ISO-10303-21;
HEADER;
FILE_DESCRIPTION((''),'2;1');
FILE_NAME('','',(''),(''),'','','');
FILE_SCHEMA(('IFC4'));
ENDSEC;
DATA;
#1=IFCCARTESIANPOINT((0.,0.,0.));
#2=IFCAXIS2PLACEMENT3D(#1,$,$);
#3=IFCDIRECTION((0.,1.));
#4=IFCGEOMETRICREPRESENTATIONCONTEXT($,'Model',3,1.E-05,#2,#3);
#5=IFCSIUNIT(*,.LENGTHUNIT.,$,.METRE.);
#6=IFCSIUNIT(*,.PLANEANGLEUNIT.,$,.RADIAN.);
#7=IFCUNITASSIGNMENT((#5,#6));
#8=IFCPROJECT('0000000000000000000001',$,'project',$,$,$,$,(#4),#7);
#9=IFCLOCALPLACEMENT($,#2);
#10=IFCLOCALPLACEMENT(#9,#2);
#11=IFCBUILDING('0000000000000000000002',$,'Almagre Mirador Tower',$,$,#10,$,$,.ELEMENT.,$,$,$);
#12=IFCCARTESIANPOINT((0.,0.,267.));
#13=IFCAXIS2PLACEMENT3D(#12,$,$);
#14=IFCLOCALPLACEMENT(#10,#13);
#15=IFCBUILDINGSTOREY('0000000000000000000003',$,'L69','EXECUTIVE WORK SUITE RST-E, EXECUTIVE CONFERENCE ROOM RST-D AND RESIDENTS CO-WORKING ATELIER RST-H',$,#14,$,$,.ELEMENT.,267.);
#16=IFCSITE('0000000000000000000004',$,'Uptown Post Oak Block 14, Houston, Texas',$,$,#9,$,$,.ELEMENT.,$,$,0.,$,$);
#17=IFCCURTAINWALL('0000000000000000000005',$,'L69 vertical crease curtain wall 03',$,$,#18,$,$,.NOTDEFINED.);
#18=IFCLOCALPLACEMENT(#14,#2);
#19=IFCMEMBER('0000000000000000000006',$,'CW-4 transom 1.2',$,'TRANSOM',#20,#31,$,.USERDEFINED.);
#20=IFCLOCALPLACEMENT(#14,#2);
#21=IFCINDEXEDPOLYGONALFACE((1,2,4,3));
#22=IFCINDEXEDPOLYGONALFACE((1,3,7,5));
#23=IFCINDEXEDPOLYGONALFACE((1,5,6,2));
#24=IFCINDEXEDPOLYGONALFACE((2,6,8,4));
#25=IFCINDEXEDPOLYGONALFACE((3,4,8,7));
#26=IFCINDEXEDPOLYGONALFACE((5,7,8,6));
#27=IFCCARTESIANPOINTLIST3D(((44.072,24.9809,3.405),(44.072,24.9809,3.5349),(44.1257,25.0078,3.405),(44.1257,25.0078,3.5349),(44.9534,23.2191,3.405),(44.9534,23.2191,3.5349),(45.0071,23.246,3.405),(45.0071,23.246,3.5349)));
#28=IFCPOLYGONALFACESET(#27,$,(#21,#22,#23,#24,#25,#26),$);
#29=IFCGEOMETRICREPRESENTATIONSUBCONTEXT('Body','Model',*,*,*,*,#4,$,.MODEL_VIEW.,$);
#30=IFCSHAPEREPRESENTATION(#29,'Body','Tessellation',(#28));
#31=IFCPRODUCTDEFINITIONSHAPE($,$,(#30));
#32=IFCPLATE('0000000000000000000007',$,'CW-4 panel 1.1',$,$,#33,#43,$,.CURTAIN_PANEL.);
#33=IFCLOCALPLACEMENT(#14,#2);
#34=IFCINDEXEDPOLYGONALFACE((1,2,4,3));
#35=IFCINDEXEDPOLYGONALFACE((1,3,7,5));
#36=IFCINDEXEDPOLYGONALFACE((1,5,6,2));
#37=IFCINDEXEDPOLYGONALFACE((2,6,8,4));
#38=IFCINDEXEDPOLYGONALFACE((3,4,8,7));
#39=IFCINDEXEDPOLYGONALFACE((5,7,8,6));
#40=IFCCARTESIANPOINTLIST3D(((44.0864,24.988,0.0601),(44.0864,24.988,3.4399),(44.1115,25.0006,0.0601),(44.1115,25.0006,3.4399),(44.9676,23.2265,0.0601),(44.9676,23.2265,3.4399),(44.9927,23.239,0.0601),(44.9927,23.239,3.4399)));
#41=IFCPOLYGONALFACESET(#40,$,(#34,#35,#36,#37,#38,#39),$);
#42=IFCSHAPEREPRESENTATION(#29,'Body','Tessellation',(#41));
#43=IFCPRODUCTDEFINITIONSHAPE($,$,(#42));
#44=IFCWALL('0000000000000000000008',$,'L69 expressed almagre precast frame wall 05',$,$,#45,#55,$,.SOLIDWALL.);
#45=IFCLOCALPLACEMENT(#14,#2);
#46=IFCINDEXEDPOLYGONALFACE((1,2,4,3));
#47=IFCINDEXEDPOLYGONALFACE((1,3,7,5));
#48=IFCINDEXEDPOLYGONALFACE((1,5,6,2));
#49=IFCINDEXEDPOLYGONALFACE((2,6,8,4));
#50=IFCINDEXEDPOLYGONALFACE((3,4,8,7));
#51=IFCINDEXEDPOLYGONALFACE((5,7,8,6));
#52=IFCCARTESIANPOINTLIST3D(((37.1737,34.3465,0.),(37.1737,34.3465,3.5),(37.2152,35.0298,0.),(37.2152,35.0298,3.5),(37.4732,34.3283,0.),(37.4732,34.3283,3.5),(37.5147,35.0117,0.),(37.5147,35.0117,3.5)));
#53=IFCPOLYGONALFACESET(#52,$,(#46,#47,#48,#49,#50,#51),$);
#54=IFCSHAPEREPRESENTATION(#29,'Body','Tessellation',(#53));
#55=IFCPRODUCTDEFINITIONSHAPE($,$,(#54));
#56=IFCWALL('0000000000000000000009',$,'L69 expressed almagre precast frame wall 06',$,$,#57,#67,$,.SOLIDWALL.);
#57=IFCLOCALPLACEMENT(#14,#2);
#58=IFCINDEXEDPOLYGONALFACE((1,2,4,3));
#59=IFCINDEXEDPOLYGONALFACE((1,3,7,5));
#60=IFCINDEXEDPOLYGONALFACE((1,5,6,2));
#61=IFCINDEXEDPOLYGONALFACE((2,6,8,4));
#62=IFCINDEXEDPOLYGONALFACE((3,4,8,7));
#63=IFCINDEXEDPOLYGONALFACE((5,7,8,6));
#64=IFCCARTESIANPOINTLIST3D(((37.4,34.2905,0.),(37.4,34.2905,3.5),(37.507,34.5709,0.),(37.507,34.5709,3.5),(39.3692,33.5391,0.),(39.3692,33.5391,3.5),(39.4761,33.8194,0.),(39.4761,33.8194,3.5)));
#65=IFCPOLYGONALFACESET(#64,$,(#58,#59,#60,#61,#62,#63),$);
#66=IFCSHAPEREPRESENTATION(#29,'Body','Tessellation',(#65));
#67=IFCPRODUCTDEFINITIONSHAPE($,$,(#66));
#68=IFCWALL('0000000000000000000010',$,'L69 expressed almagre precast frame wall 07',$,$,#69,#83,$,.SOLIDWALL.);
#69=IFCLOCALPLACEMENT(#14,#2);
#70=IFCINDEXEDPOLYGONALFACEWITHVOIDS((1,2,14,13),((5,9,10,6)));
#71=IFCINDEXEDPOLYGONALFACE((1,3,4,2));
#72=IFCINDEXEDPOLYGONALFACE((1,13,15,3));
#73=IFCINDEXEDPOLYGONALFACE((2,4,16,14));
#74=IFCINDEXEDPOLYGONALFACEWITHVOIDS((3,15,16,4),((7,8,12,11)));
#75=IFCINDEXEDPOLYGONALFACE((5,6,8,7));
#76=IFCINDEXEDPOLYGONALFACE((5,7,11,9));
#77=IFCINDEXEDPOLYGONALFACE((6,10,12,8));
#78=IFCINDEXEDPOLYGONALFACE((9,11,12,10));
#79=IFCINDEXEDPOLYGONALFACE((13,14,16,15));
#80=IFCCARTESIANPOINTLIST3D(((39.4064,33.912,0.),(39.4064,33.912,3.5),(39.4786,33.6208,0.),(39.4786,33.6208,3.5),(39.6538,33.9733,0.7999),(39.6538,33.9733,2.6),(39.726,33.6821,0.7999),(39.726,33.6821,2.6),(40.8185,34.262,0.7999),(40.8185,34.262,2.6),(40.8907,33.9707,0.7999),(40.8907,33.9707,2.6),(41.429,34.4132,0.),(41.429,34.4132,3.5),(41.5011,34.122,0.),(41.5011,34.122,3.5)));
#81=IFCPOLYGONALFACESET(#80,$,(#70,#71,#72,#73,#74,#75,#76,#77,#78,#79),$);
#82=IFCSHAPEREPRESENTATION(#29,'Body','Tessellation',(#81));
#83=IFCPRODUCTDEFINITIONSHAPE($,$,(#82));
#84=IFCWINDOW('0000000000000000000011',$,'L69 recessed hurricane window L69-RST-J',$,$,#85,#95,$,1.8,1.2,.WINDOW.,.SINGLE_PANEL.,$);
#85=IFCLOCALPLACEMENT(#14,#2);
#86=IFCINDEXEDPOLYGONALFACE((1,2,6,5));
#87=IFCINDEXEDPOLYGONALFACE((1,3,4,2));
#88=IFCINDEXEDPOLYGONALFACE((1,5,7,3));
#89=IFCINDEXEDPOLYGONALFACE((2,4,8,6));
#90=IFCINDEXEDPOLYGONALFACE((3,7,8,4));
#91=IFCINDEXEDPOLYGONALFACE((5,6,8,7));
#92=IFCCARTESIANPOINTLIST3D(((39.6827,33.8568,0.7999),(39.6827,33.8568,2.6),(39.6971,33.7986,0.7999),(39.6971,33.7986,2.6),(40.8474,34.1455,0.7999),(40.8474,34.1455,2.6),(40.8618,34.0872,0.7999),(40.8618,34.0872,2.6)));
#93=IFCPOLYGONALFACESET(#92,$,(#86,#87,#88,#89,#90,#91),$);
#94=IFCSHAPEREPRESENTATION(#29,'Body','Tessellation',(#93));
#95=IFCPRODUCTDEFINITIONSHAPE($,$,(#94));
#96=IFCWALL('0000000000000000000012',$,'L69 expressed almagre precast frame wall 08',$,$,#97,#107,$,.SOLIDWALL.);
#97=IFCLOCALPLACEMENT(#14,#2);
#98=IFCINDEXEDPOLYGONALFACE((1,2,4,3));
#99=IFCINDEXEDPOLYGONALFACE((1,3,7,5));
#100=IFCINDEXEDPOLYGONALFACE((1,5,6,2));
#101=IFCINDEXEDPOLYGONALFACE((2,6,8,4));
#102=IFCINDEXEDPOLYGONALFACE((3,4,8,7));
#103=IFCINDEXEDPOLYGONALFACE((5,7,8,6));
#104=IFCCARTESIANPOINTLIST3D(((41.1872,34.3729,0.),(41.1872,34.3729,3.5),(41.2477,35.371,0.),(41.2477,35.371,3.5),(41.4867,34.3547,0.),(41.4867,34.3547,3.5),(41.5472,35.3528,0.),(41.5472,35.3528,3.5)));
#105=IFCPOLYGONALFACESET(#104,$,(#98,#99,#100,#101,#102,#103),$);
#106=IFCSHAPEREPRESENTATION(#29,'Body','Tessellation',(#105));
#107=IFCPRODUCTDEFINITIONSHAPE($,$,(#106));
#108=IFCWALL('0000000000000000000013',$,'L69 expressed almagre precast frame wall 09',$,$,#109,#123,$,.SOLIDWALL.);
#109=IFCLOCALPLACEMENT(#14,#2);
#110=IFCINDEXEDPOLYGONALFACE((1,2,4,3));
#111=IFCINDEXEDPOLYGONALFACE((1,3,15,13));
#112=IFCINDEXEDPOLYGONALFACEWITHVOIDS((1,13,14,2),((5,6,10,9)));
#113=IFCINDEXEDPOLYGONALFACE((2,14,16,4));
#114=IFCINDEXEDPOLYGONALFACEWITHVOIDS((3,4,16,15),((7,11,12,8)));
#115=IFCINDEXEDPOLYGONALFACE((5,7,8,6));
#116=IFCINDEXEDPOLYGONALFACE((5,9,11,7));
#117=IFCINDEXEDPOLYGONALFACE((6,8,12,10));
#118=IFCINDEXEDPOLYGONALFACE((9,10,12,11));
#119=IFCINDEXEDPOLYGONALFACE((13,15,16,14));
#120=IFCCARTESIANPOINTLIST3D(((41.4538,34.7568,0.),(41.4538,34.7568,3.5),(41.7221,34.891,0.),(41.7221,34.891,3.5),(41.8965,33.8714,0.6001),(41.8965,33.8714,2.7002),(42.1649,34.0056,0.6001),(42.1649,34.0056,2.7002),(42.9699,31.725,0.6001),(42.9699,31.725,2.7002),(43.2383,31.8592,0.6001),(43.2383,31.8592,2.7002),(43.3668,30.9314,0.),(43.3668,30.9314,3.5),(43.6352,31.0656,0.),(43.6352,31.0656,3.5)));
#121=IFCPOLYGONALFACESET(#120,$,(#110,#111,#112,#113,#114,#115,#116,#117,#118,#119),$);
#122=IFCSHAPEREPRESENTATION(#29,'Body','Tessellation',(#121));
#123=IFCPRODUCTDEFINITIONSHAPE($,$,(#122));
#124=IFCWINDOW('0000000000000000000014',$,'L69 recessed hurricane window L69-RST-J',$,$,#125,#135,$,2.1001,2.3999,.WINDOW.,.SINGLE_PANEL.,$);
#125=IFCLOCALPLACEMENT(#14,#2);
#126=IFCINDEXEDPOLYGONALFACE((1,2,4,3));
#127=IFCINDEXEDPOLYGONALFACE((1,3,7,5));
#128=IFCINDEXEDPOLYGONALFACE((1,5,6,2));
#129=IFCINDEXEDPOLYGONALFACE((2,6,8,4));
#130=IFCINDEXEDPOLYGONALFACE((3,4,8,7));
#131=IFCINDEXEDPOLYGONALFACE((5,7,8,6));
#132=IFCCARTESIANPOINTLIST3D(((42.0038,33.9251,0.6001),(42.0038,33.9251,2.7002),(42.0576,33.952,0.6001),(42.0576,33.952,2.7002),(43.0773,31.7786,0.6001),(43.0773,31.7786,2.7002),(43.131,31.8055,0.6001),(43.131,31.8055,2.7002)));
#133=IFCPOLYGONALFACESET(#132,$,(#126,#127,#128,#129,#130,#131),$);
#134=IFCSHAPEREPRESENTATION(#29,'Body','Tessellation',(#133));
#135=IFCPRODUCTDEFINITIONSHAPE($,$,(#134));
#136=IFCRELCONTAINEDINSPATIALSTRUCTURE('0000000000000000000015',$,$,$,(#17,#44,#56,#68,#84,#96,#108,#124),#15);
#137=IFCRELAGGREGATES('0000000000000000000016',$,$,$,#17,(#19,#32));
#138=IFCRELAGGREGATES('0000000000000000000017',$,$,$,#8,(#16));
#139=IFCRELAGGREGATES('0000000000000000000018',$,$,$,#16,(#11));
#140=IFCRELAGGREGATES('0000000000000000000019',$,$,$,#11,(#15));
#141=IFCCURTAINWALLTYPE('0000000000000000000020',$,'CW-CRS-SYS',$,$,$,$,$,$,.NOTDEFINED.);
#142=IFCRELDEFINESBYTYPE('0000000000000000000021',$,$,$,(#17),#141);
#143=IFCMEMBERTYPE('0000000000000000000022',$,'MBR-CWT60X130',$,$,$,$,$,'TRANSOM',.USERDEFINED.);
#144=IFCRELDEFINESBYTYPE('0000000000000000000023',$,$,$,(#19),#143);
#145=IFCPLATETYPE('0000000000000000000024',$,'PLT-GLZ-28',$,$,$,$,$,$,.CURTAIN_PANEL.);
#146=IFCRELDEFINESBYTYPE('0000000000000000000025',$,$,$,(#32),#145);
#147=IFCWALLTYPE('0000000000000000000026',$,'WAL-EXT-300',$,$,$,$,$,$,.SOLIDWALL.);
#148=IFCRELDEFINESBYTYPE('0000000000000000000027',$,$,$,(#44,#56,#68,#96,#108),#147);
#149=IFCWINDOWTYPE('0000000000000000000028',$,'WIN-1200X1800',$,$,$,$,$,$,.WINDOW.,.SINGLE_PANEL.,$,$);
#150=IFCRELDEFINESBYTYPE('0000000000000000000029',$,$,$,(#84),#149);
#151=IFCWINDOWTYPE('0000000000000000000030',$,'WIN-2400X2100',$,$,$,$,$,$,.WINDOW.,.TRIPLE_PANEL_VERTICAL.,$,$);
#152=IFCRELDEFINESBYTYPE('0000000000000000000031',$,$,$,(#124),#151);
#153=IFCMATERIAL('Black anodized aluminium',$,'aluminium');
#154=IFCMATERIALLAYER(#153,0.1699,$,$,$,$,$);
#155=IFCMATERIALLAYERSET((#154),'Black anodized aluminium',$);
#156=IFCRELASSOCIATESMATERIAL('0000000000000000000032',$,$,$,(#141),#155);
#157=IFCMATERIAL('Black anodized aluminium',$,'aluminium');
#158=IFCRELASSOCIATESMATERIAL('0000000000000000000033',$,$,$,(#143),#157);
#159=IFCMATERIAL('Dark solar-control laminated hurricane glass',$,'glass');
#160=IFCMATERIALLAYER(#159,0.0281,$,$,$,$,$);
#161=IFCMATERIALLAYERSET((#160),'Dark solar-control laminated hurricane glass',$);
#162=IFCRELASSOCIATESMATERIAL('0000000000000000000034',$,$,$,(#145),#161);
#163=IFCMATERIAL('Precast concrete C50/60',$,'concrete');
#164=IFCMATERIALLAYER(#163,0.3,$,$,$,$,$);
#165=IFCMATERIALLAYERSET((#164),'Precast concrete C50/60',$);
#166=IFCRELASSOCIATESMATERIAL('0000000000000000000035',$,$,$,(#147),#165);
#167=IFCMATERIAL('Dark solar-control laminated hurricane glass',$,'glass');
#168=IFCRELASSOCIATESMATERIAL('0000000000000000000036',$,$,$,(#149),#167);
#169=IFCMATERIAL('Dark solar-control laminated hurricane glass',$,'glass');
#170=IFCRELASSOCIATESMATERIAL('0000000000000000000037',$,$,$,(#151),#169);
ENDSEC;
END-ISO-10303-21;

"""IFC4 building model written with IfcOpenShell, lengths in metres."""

from ifc_helpers import new_model, si_unit, direction, frame, frame_2d, origin, origin_2d, place, context, subcontext, project, spatial, rectangle, extrude, material, layer, layer_set, material_profile, profile_set, type_object, element, fill, aggregate, save


model = new_model("IFC4")

# Units and contexts
model_context = context("Model", 3, precision=1e-05, world=origin(), true_north=direction((0.0, 1.0)))
body_context = subcontext(model_context, "Body", "Model", "MODEL_VIEW")
ifc_project = project(units=[si_unit("LENGTHUNIT", "METRE"), si_unit("PLANEANGLEUNIT", "RADIAN")], contexts=[model_context])

# Site, building, storey
site_placement = place(None, origin())
site = spatial("IfcSite", under=ifc_project, at=site_placement, Name="Uptown Post Oak Block 14, Houston, Texas", CompositionType="ELEMENT", RefElevation=0.0)
building_placement = place(site_placement, origin())
building = spatial("IfcBuilding", under=site, at=building_placement, Name="Almagre Mirador Tower", CompositionType="ELEMENT")
storey_placement = place(building_placement, frame((0.0, 0.0, 267.0)))
storey = spatial("IfcBuildingStorey", under=building, at=storey_placement, Name="L69", Description="EXECUTIVE WORK SUITE RST-E, EXECUTIVE CONFERENCE ROOM RST-D AND RESIDENTS CO-WORKING ATELIER RST-H", CompositionType="ELEMENT", Elevation=267.0)

# Curtain wall, member, plate
ifc_material_1 = material(Name="Black anodized aluminium", Category="aluminium")
ifc_layer_1 = layer(ifc_material_1, 0.1699)
ifc_layer_set_1 = layer_set([ifc_layer_1], Name="Black anodized aluminium")
curtain_wall_type = type_object("IfcCurtainWallType", Name="CW-CRS-SYS", PredefinedType="NOTDEFINED", material=ifc_layer_set_1)
curtain_wall_placement = place(storey_placement, origin())
curtain_wall = element("IfcCurtainWall", 1, at=curtain_wall_placement, inside=storey, type_object=curtain_wall_type, Name="L69 vertical crease curtain wall 03", PredefinedType="NOTDEFINED")
ifc_material_2 = material(Name="Black anodized aluminium", Category="aluminium")
ifc_material_profile_1 = material_profile(ifc_material_2, rectangle(XDim=0.0601, YDim=0.1299, at=origin_2d()), Name="CWT60X130")
ifc_profile_set_1 = profile_set([ifc_material_profile_1], Name="Black anodized aluminium")
member_type_1 = type_object("IfcMemberType", Name="MBR-CWT60X130", ElementType="TRANSOM", PredefinedType="USERDEFINED", material=ifc_profile_set_1)
member_1_placement = place(storey_placement, frame((44.0989, 24.9944, 3.47), z_axis=(0.447412, -0.894328, 0.0), x_axis=(0.894328, 0.447412, 0.0)))
member_1 = element("IfcMember", 2, at=member_1_placement, type_object=member_type_1, Name="CW-4 transom 1.2", ObjectType="TRANSOM", PredefinedType="USERDEFINED", context=body_context, shape_type="SweptSolid", body=[
    extrude(rectangle(XDim=0.0601, YDim=0.1299, at=origin_2d()), origin(), (0.0, 0.0, 1.0), 1.97),
])
ifc_material_3 = material(Name="Dark solar-control laminated hurricane glass", Category="glass")
ifc_layer_2 = layer(ifc_material_3, 0.0281)
ifc_layer_set_2 = layer_set([ifc_layer_2], Name="Dark solar-control laminated hurricane glass")
plate_type = type_object("IfcPlateType", Name="PLT-GLZ-28", PredefinedType="CURTAIN_PANEL", material=ifc_layer_set_2)
plate_placement = place(storey_placement, frame((44.5396, 24.1135, 0.0601), z_axis=(0.0, 0.0, 1.0), x_axis=(0.447405, -0.894331, 0.0)))
plate = element("IfcPlate", 3, at=plate_placement, type_object=plate_type, Name="CW-4 panel 1.1", PredefinedType="CURTAIN_PANEL", context=body_context, shape_type="SweptSolid", body=[
    extrude(rectangle(XDim=1.9697, YDim=0.0281, at=origin_2d()), origin(), (0.0, 0.0, 1.0), 3.3799),
])
aggregate(curtain_wall, [member_1, plate])

# Walls
ifc_material_4 = material(Name="Precast concrete C50/60", Category="concrete")
ifc_layer_3 = layer(ifc_material_4, 0.3)
ifc_layer_set_3 = layer_set([ifc_layer_3], Name="Precast concrete C50/60")
wall_type_1 = type_object("IfcWallType", Name="WAL-EXT-300", PredefinedType="SOLIDWALL", material=ifc_layer_set_3)
wall_1_placement = place(storey_placement, frame((37.365, 35.0208, 0.0), z_axis=(0.0, 0.0, 1.0), x_axis=(-0.060624, -0.998161, 0.0)))
element("IfcWall", 4, at=wall_1_placement, inside=storey, type_object=wall_type_1, Name="L69 expressed almagre precast frame wall 05", PredefinedType="SOLIDWALL", context=body_context, shape_type="SweptSolid", body=[
    extrude(rectangle(XDim=0.6846, YDim=0.3, at=frame_2d((0.3423, 0.0))), origin(), (0.0, 0.0, 1.0), 3.5),
])
wall_2_placement = place(storey_placement, frame((37.4536, 34.4307, 0.0), z_axis=(0.0, 0.0, 1.0), x_axis=(0.934286, -0.356525, 0.0)))
element("IfcWall", 5, at=wall_2_placement, inside=storey, type_object=wall_type_1, Name="L69 expressed almagre precast frame wall 06", PredefinedType="SOLIDWALL", context=body_context, shape_type="SweptSolid", body=[
    extrude(rectangle(XDim=2.1077, YDim=0.3, at=frame_2d((1.0537, 0.0))), origin(), (0.0, 0.0, 1.0), 3.5),
])

# Wall, opening, window
wall_3_placement = place(storey_placement, frame((39.4424, 33.7664, 0.0), z_axis=(0.0, 0.0, 1.0), x_axis=(0.970637, 0.24055, 0.0)))
wall_3 = element("IfcWall", 6, at=wall_3_placement, inside=storey, type_object=wall_type_1, Name="L69 expressed almagre precast frame wall 07", PredefinedType="SOLIDWALL", context=body_context, shape_type="SweptSolid", body=[
    extrude(rectangle(XDim=2.0837, YDim=0.3, at=frame_2d((1.042, 0.0))), origin(), (0.0, 0.0, 1.0), 3.5),
])
opening_1_placement = place(wall_3_placement, frame((0.2549, 0.0, 0.8)))
opening_1 = element("IfcOpeningElement", 7, at=opening_1_placement, cuts=wall_3, PredefinedType="OPENING", context=body_context, shape_type="SweptSolid", body=[
    extrude(rectangle(XDim=1.2, YDim=1.8, at=frame_2d((0.6001, 0.8999))), frame((0.0, 0.1599, 0.0), z_axis=(0.0, -1.0, 0.0), x_axis=(1.0, 0.0, 0.0)), (0.0, 0.0, 1.0), 0.32),
])
ifc_material_5 = material(Name="Dark solar-control laminated hurricane glass", Category="glass")
window_type_1 = type_object("IfcWindowType", Name="WIN-1200X1800", PartitioningType="SINGLE_PANEL", PredefinedType="WINDOW", material=ifc_material_5)
window_1_placement = place(opening_1_placement, origin())
window_1 = element("IfcWindow", 8, at=window_1_placement, inside=storey, type_object=window_type_1, Name="L69 recessed hurricane window L69-RST-J", OverallHeight=1.8, OverallWidth=1.2, PartitioningType="SINGLE_PANEL", PredefinedType="WINDOW", context=body_context, shape_type="SweptSolid", body=[
    extrude(rectangle(XDim=1.2, YDim=1.8, at=frame_2d((0.6001, 0.8999))), frame((0.0, 0.03, 0.0), z_axis=(0.0, -1.0, 0.0), x_axis=(1.0, 0.0, 0.0)), (0.0, 0.0, 1.0), 0.0601),
])
fill(opening_1, window_1)

# Wall
wall_4_placement = place(storey_placement, frame((41.3369, 34.3638, 0.0), z_axis=(0.0, 0.0, 1.0), x_axis=(0.060554, 0.998165, 0.0)))
element("IfcWall", 9, at=wall_4_placement, inside=storey, type_object=wall_type_1, Name="L69 expressed almagre precast frame wall 08", PredefinedType="SOLIDWALL", context=body_context, shape_type="SweptSolid", body=[
    extrude(rectangle(XDim=1.0, YDim=0.3, at=frame_2d((0.5, 0.0))), origin(), (0.0, 0.0, 1.0), 3.5),
])

# Wall, opening, window
wall_5_placement = place(storey_placement, frame((41.5879, 34.824, 0.0), z_axis=(0.0, 0.0, 1.0), x_axis=(0.447282, -0.894393, 0.0)))
wall_5 = element("IfcWall", 10, at=wall_5_placement, inside=storey, type_object=wall_type_1, Name="L69 expressed almagre precast frame wall 09", PredefinedType="SOLIDWALL", context=body_context, shape_type="SweptSolid", body=[
    extrude(rectangle(XDim=4.2771, YDim=0.3, at=frame_2d((2.1387, 0.0))), origin(), (0.0, 0.0, 1.0), 3.5),
])
opening_2_placement = place(wall_5_placement, frame((0.99, 0.0, 0.6001)))
opening_2 = element("IfcOpeningElement", 11, at=opening_2_placement, cuts=wall_5, PredefinedType="OPENING", context=body_context, shape_type="SweptSolid", body=[
    extrude(rectangle(XDim=2.3999, YDim=2.1001, at=frame_2d((1.2, 1.05))), frame((0.0, 0.1599, 0.0), z_axis=(0.0, -1.0, 0.0), x_axis=(1.0, 0.0, 0.0)), (0.0, 0.0, 1.0), 0.32),
])
ifc_material_6 = material(Name="Dark solar-control laminated hurricane glass", Category="glass")
window_type_2 = type_object("IfcWindowType", Name="WIN-2400X2100", PartitioningType="TRIPLE_PANEL_VERTICAL", PredefinedType="WINDOW", material=ifc_material_6)
window_2_placement = place(opening_2_placement, origin())
window_2 = element("IfcWindow", 12, at=window_2_placement, inside=storey, type_object=window_type_2, Name="L69 recessed hurricane window L69-RST-J", OverallHeight=2.1001, OverallWidth=2.3999, PartitioningType="SINGLE_PANEL", PredefinedType="WINDOW", context=body_context, shape_type="SweptSolid", body=[
    extrude(rectangle(XDim=2.3999, YDim=2.1001, at=frame_2d((1.2, 1.05))), frame((0.0, 0.03, 0.0), z_axis=(0.0, -1.0, 0.0), x_axis=(1.0, 0.0, 0.0)), (0.0, 0.0, 1.0), 0.0601),
])
fill(opening_2, window_2)

save(model, "model.ifc")
